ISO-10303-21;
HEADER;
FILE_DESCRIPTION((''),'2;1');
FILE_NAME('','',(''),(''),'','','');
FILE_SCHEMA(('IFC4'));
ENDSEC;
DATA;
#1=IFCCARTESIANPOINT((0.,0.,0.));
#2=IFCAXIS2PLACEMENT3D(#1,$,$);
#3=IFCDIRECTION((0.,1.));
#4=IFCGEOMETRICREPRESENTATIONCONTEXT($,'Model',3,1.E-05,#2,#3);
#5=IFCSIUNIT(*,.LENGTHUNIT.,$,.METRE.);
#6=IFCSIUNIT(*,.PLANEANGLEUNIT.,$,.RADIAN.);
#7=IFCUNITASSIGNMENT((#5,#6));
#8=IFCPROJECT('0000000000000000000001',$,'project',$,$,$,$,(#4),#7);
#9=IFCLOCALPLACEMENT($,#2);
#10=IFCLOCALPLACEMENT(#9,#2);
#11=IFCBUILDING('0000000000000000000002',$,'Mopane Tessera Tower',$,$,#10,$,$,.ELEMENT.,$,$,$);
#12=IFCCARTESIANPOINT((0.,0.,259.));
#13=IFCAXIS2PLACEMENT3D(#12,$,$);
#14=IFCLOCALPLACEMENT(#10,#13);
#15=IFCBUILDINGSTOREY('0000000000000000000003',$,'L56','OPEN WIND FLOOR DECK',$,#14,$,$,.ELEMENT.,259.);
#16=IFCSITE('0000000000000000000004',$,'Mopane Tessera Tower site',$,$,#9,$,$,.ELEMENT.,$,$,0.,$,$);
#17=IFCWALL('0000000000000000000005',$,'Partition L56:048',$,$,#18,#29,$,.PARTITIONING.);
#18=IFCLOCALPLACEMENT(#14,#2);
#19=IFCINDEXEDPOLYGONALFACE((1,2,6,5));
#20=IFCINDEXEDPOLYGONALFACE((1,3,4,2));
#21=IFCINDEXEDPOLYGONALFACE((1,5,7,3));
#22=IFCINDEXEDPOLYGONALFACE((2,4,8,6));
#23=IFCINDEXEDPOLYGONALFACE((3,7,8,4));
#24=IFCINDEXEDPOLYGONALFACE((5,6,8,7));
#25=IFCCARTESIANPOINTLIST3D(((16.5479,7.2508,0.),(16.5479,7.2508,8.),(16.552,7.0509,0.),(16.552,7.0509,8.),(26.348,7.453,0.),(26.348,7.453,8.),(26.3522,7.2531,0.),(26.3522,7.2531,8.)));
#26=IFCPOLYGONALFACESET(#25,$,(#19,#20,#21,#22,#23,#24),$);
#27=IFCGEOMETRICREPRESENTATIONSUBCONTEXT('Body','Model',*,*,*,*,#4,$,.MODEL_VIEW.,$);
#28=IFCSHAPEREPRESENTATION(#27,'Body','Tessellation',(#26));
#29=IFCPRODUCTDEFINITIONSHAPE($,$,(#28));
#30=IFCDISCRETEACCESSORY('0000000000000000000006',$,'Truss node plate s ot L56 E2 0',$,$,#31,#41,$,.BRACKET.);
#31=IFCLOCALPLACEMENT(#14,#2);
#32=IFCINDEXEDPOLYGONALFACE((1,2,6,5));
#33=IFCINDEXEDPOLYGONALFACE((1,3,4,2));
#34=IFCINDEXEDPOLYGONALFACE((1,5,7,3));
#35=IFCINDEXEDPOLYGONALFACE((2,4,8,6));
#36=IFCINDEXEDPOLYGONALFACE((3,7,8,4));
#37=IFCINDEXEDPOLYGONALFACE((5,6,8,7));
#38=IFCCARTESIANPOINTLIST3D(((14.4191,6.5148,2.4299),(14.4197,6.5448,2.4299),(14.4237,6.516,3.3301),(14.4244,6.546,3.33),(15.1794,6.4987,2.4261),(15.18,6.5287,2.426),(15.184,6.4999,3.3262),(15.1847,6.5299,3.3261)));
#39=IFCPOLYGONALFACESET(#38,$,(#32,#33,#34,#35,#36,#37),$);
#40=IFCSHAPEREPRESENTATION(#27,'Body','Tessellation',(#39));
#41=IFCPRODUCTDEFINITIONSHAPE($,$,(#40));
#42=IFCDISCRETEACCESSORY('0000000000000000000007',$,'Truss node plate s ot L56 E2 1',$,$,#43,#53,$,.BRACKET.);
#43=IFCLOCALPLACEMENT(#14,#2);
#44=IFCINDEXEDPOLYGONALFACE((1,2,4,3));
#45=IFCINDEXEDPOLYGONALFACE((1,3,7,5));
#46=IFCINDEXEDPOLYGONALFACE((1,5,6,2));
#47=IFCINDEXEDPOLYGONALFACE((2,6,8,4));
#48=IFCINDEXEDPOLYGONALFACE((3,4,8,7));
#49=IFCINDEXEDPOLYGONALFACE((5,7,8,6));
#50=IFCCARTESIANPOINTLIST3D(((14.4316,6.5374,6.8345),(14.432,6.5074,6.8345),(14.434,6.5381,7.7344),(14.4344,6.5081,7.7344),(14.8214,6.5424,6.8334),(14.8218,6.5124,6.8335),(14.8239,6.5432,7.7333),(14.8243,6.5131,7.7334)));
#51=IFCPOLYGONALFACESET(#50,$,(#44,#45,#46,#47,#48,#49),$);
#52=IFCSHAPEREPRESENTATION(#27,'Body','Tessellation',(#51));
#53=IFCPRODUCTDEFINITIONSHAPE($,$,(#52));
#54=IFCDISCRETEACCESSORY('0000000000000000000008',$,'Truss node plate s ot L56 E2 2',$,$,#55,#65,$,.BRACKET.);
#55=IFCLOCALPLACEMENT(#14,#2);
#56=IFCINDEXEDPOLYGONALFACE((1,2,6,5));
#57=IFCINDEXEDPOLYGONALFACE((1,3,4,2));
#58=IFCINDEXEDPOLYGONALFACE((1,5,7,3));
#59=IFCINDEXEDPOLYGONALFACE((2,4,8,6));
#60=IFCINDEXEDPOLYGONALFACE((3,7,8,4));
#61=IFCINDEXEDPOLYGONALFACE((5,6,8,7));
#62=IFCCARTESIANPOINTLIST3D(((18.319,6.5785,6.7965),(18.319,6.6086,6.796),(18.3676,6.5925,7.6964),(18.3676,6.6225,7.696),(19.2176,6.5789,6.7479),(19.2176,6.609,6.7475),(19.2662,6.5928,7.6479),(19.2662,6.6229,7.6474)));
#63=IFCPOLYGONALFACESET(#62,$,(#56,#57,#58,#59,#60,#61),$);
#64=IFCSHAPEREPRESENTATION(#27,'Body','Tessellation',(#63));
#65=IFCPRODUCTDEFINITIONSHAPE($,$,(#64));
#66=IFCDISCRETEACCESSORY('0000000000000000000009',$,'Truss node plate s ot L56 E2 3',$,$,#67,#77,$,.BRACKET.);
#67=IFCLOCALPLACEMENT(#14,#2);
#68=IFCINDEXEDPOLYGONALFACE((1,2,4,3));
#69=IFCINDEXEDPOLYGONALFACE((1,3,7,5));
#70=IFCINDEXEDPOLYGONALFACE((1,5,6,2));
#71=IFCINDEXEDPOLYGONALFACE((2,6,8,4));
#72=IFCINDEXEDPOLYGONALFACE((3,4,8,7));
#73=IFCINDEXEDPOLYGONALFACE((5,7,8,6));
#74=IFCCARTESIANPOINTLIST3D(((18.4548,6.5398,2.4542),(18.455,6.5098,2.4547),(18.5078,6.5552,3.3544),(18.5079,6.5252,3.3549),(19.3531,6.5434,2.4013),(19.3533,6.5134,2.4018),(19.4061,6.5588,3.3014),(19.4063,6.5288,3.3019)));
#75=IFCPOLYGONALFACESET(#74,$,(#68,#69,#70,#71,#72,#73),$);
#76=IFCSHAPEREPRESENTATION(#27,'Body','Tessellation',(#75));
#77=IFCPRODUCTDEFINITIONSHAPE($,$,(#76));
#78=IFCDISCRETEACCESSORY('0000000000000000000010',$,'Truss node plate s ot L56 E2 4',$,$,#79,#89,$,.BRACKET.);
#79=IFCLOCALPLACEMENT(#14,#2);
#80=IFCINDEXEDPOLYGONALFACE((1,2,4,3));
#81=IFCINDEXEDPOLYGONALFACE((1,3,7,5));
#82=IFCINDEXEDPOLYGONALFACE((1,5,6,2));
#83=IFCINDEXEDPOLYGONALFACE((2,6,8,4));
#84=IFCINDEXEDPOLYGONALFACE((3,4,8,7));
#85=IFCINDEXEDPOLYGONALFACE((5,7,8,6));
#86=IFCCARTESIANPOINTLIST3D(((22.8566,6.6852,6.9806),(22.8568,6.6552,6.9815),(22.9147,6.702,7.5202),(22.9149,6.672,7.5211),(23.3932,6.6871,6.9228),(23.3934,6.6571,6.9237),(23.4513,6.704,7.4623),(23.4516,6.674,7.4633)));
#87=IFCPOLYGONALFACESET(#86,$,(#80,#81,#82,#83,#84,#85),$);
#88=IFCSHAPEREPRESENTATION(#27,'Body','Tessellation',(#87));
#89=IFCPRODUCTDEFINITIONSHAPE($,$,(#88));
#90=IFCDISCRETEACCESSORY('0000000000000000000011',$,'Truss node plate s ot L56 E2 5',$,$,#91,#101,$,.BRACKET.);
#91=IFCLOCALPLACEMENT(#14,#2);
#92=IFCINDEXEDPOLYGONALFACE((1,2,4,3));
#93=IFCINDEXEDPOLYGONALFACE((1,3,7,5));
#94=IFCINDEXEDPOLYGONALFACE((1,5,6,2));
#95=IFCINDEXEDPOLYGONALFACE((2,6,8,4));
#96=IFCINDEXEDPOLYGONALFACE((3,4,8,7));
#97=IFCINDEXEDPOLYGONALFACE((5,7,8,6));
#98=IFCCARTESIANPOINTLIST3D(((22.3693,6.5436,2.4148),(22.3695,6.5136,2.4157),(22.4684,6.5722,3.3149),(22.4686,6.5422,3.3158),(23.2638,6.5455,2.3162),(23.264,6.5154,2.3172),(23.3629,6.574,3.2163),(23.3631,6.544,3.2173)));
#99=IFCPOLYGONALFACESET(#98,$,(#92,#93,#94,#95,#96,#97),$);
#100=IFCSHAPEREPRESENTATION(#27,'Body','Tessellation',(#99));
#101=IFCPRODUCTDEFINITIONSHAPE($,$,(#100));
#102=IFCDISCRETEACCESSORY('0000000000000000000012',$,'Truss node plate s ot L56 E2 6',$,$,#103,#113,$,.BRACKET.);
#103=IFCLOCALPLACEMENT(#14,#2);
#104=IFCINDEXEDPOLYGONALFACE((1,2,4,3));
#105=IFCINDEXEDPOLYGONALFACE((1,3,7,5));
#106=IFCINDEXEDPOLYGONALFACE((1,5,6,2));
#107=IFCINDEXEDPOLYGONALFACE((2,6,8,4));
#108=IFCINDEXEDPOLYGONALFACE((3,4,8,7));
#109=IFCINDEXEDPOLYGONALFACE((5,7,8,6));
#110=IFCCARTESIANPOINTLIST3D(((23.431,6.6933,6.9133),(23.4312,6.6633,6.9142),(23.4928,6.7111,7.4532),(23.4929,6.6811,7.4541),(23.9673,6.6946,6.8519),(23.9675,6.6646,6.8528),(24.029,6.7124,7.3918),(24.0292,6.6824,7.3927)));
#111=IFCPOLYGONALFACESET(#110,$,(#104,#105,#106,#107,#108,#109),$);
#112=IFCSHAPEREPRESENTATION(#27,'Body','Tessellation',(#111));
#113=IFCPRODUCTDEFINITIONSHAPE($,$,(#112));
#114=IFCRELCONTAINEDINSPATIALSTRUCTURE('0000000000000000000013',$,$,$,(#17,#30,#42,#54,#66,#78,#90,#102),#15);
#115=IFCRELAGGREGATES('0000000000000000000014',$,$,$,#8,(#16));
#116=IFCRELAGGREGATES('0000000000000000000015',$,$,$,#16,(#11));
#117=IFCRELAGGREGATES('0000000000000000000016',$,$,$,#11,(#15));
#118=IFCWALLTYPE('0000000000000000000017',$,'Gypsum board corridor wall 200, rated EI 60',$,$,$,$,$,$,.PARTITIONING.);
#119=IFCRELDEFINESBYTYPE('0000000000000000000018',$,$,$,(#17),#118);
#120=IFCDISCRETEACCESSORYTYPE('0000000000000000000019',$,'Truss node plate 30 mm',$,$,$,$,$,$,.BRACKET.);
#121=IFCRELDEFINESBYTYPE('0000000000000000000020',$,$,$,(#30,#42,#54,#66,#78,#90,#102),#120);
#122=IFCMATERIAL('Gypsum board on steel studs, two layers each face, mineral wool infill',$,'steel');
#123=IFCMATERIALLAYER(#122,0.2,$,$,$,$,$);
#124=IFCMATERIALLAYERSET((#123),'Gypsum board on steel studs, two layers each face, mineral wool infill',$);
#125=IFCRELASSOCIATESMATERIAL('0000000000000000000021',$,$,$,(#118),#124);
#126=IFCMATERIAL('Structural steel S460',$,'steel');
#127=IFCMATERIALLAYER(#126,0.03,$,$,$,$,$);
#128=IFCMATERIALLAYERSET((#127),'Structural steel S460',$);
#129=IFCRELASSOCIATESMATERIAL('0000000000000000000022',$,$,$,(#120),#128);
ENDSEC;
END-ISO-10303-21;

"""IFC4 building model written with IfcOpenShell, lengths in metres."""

from ifc_helpers import new_model, si_unit, direction, frame, frame_2d, origin, origin_2d, place, context, subcontext, project, spatial, rectangle, extrude, material, layer, layer_set, type_object, element, save


model = new_model("IFC4")

# Units and contexts
model_context = context("Model", 3, precision=1e-05, world=origin(), true_north=direction((0.0, 1.0)))
body_context = subcontext(model_context, "Body", "Model", "MODEL_VIEW")
ifc_project = project(units=[si_unit("LENGTHUNIT", "METRE"), si_unit("PLANEANGLEUNIT", "RADIAN")], contexts=[model_context])

# Site, building, storey
site_placement = place(None, origin())
site = spatial("IfcSite", under=ifc_project, at=site_placement, Name="Mopane Tessera Tower site", CompositionType="ELEMENT", RefElevation=0.0)
building_placement = place(site_placement, origin())
building = spatial("IfcBuilding", under=site, at=building_placement, Name="Mopane Tessera Tower", CompositionType="ELEMENT")
storey_placement = place(building_placement, frame((0.0, 0.0, 259.0)))
storey = spatial("IfcBuildingStorey", under=building, at=storey_placement, Name="L56", Description="OPEN WIND FLOOR DECK", CompositionType="ELEMENT", Elevation=259.0)

# Wall
ifc_material_1 = material(Name="Gypsum board on steel studs, two layers each face, mineral wool infill", Category="steel")
ifc_layer_1 = layer(ifc_material_1, 0.2)
ifc_layer_set_1 = layer_set([ifc_layer_1], Name="Gypsum board on steel studs, two layers each face, mineral wool infill")
wall_type = type_object("IfcWallType", Name="Gypsum board corridor wall 200, rated EI 60", PredefinedType="PARTITIONING", material=ifc_layer_set_1)
wall_1_placement = place(storey_placement, frame((26.3501, 7.353, 0.0), z_axis=(0.0, 0.0, 1.0), x_axis=(-0.999787, -0.020623, 0.0)))
element("IfcWall", 1, at=wall_1_placement, inside=storey, type_object=wall_type, Name="Partition L56:048", PredefinedType="PARTITIONING", context=body_context, shape_type="SweptSolid", body=[
    extrude(rectangle(XDim=9.8022, YDim=0.2, at=frame_2d((4.9011, 0.0))), origin(), (0.0, 0.0, 1.0), 8.0),
])

# Discrete accessories
ifc_material_2 = material(Name="Structural steel S460", Category="steel")
ifc_layer_2 = layer(ifc_material_2, 0.03)
ifc_layer_set_2 = layer_set([ifc_layer_2], Name="Structural steel S460")
discrete_accessory_type = type_object("IfcDiscreteAccessoryType", Name="Truss node plate 30 mm", PredefinedType="BRACKET", material=ifc_layer_set_2)
discrete_accessory_1_placement = place(storey_placement, frame((14.7996, 6.5217, 2.428), z_axis=(0.005153, 0.001356, 0.999986), x_axis=(0.021202, 0.999774, -0.001465)))
element("IfcDiscreteAccessory", 2, at=discrete_accessory_1_placement, inside=storey, type_object=discrete_accessory_type, Name="Truss node plate s ot L56 E2 0", PredefinedType="BRACKET", context=body_context, shape_type="SweptSolid", body=[
    extrude(rectangle(XDim=0.03, YDim=0.7605, at=origin_2d()), origin(), (0.0, 0.0, 1.0), 0.9001),
])
discrete_accessory_2_placement = place(storey_placement, frame((14.6267, 6.5249, 6.834), z_axis=(0.002713, 0.000814, 0.999996), x_axis=(-0.012924, 0.999916, -0.000779)))
element("IfcDiscreteAccessory", 3, at=discrete_accessory_2_placement, inside=storey, type_object=discrete_accessory_type, Name="Truss node plate s ot L56 E2 1", PredefinedType="BRACKET", context=body_context, shape_type="SweptSolid", body=[
    extrude(rectangle(XDim=0.03, YDim=0.3899, at=origin_2d()), origin(), (0.0, 0.0, 1.0), 0.8999),
])
discrete_accessory_3_placement = place(storey_placement, frame((18.7683, 6.5938, 6.772), z_axis=(0.053903, 0.01544, 0.998427), x_axis=(-0.00126, 0.999881, -0.015394)))
element("IfcDiscreteAccessory", 4, at=discrete_accessory_3_placement, inside=storey, type_object=discrete_accessory_type, Name="Truss node plate s ot L56 E2 2", PredefinedType="BRACKET", context=body_context, shape_type="SweptSolid", body=[
    extrude(rectangle(XDim=0.03, YDim=0.8999, at=origin_2d()), origin(), (0.0, 0.0, 1.0), 0.9014),
])
discrete_accessory_4_placement = place(storey_placement, frame((18.9041, 6.5266, 2.428), z_axis=(0.058745, 0.017055, 0.998127), x_axis=(-0.005007, 0.999847, -0.01679)))
element("IfcDiscreteAccessory", 5, at=discrete_accessory_4_placement, inside=storey, type_object=discrete_accessory_type, Name="Truss node plate s ot L56 E2 3", PredefinedType="BRACKET", context=body_context, shape_type="SweptSolid", body=[
    extrude(rectangle(XDim=0.03, YDim=0.8999, at=origin_2d()), origin(), (0.0, 0.0, 1.0), 0.9019),
])
discrete_accessory_5_placement = place(storey_placement, frame((23.125, 6.6711, 6.9521), z_axis=(0.107022, 0.031027, 0.993772), x_axis=(-0.006922, 0.999512, -0.030461)))
element("IfcDiscreteAccessory", 6, at=discrete_accessory_5_placement, inside=storey, type_object=discrete_accessory_type, Name="Truss node plate s ot L56 E2 4", PredefinedType="BRACKET", context=body_context, shape_type="SweptSolid", body=[
    extrude(rectangle(XDim=0.03, YDim=0.5398, at=origin_2d()), origin(), (0.0, 0.0, 1.0), 0.543),
])
discrete_accessory_6_placement = place(storey_placement, frame((22.8167, 6.5295, 2.366), z_axis=(0.109401, 0.031527, 0.993498), x_axis=(-0.005463, 0.999501, -0.031116)))
element("IfcDiscreteAccessory", 7, at=discrete_accessory_6_placement, inside=storey, type_object=discrete_accessory_type, Name="Truss node plate s ot L56 E2 5", PredefinedType="BRACKET", context=body_context, shape_type="SweptSolid", body=[
    extrude(rectangle(XDim=0.03, YDim=0.8999, at=origin_2d()), origin(), (0.0, 0.0, 1.0), 0.906),
])
discrete_accessory_7_placement = place(storey_placement, frame((23.6992, 6.679, 6.8831), z_axis=(0.113625, 0.032785, 0.992983), x_axis=(-0.00608, 0.99946, -0.032303)))
element("IfcDiscreteAccessory", 8, at=discrete_accessory_7_placement, inside=storey, type_object=discrete_accessory_type, Name="Truss node plate s ot L56 E2 6", PredefinedType="BRACKET", context=body_context, shape_type="SweptSolid", body=[
    extrude(rectangle(XDim=0.03, YDim=0.5398, at=origin_2d()), origin(), (0.0, 0.0, 1.0), 0.5437),
])

save(model, "model.ifc")
